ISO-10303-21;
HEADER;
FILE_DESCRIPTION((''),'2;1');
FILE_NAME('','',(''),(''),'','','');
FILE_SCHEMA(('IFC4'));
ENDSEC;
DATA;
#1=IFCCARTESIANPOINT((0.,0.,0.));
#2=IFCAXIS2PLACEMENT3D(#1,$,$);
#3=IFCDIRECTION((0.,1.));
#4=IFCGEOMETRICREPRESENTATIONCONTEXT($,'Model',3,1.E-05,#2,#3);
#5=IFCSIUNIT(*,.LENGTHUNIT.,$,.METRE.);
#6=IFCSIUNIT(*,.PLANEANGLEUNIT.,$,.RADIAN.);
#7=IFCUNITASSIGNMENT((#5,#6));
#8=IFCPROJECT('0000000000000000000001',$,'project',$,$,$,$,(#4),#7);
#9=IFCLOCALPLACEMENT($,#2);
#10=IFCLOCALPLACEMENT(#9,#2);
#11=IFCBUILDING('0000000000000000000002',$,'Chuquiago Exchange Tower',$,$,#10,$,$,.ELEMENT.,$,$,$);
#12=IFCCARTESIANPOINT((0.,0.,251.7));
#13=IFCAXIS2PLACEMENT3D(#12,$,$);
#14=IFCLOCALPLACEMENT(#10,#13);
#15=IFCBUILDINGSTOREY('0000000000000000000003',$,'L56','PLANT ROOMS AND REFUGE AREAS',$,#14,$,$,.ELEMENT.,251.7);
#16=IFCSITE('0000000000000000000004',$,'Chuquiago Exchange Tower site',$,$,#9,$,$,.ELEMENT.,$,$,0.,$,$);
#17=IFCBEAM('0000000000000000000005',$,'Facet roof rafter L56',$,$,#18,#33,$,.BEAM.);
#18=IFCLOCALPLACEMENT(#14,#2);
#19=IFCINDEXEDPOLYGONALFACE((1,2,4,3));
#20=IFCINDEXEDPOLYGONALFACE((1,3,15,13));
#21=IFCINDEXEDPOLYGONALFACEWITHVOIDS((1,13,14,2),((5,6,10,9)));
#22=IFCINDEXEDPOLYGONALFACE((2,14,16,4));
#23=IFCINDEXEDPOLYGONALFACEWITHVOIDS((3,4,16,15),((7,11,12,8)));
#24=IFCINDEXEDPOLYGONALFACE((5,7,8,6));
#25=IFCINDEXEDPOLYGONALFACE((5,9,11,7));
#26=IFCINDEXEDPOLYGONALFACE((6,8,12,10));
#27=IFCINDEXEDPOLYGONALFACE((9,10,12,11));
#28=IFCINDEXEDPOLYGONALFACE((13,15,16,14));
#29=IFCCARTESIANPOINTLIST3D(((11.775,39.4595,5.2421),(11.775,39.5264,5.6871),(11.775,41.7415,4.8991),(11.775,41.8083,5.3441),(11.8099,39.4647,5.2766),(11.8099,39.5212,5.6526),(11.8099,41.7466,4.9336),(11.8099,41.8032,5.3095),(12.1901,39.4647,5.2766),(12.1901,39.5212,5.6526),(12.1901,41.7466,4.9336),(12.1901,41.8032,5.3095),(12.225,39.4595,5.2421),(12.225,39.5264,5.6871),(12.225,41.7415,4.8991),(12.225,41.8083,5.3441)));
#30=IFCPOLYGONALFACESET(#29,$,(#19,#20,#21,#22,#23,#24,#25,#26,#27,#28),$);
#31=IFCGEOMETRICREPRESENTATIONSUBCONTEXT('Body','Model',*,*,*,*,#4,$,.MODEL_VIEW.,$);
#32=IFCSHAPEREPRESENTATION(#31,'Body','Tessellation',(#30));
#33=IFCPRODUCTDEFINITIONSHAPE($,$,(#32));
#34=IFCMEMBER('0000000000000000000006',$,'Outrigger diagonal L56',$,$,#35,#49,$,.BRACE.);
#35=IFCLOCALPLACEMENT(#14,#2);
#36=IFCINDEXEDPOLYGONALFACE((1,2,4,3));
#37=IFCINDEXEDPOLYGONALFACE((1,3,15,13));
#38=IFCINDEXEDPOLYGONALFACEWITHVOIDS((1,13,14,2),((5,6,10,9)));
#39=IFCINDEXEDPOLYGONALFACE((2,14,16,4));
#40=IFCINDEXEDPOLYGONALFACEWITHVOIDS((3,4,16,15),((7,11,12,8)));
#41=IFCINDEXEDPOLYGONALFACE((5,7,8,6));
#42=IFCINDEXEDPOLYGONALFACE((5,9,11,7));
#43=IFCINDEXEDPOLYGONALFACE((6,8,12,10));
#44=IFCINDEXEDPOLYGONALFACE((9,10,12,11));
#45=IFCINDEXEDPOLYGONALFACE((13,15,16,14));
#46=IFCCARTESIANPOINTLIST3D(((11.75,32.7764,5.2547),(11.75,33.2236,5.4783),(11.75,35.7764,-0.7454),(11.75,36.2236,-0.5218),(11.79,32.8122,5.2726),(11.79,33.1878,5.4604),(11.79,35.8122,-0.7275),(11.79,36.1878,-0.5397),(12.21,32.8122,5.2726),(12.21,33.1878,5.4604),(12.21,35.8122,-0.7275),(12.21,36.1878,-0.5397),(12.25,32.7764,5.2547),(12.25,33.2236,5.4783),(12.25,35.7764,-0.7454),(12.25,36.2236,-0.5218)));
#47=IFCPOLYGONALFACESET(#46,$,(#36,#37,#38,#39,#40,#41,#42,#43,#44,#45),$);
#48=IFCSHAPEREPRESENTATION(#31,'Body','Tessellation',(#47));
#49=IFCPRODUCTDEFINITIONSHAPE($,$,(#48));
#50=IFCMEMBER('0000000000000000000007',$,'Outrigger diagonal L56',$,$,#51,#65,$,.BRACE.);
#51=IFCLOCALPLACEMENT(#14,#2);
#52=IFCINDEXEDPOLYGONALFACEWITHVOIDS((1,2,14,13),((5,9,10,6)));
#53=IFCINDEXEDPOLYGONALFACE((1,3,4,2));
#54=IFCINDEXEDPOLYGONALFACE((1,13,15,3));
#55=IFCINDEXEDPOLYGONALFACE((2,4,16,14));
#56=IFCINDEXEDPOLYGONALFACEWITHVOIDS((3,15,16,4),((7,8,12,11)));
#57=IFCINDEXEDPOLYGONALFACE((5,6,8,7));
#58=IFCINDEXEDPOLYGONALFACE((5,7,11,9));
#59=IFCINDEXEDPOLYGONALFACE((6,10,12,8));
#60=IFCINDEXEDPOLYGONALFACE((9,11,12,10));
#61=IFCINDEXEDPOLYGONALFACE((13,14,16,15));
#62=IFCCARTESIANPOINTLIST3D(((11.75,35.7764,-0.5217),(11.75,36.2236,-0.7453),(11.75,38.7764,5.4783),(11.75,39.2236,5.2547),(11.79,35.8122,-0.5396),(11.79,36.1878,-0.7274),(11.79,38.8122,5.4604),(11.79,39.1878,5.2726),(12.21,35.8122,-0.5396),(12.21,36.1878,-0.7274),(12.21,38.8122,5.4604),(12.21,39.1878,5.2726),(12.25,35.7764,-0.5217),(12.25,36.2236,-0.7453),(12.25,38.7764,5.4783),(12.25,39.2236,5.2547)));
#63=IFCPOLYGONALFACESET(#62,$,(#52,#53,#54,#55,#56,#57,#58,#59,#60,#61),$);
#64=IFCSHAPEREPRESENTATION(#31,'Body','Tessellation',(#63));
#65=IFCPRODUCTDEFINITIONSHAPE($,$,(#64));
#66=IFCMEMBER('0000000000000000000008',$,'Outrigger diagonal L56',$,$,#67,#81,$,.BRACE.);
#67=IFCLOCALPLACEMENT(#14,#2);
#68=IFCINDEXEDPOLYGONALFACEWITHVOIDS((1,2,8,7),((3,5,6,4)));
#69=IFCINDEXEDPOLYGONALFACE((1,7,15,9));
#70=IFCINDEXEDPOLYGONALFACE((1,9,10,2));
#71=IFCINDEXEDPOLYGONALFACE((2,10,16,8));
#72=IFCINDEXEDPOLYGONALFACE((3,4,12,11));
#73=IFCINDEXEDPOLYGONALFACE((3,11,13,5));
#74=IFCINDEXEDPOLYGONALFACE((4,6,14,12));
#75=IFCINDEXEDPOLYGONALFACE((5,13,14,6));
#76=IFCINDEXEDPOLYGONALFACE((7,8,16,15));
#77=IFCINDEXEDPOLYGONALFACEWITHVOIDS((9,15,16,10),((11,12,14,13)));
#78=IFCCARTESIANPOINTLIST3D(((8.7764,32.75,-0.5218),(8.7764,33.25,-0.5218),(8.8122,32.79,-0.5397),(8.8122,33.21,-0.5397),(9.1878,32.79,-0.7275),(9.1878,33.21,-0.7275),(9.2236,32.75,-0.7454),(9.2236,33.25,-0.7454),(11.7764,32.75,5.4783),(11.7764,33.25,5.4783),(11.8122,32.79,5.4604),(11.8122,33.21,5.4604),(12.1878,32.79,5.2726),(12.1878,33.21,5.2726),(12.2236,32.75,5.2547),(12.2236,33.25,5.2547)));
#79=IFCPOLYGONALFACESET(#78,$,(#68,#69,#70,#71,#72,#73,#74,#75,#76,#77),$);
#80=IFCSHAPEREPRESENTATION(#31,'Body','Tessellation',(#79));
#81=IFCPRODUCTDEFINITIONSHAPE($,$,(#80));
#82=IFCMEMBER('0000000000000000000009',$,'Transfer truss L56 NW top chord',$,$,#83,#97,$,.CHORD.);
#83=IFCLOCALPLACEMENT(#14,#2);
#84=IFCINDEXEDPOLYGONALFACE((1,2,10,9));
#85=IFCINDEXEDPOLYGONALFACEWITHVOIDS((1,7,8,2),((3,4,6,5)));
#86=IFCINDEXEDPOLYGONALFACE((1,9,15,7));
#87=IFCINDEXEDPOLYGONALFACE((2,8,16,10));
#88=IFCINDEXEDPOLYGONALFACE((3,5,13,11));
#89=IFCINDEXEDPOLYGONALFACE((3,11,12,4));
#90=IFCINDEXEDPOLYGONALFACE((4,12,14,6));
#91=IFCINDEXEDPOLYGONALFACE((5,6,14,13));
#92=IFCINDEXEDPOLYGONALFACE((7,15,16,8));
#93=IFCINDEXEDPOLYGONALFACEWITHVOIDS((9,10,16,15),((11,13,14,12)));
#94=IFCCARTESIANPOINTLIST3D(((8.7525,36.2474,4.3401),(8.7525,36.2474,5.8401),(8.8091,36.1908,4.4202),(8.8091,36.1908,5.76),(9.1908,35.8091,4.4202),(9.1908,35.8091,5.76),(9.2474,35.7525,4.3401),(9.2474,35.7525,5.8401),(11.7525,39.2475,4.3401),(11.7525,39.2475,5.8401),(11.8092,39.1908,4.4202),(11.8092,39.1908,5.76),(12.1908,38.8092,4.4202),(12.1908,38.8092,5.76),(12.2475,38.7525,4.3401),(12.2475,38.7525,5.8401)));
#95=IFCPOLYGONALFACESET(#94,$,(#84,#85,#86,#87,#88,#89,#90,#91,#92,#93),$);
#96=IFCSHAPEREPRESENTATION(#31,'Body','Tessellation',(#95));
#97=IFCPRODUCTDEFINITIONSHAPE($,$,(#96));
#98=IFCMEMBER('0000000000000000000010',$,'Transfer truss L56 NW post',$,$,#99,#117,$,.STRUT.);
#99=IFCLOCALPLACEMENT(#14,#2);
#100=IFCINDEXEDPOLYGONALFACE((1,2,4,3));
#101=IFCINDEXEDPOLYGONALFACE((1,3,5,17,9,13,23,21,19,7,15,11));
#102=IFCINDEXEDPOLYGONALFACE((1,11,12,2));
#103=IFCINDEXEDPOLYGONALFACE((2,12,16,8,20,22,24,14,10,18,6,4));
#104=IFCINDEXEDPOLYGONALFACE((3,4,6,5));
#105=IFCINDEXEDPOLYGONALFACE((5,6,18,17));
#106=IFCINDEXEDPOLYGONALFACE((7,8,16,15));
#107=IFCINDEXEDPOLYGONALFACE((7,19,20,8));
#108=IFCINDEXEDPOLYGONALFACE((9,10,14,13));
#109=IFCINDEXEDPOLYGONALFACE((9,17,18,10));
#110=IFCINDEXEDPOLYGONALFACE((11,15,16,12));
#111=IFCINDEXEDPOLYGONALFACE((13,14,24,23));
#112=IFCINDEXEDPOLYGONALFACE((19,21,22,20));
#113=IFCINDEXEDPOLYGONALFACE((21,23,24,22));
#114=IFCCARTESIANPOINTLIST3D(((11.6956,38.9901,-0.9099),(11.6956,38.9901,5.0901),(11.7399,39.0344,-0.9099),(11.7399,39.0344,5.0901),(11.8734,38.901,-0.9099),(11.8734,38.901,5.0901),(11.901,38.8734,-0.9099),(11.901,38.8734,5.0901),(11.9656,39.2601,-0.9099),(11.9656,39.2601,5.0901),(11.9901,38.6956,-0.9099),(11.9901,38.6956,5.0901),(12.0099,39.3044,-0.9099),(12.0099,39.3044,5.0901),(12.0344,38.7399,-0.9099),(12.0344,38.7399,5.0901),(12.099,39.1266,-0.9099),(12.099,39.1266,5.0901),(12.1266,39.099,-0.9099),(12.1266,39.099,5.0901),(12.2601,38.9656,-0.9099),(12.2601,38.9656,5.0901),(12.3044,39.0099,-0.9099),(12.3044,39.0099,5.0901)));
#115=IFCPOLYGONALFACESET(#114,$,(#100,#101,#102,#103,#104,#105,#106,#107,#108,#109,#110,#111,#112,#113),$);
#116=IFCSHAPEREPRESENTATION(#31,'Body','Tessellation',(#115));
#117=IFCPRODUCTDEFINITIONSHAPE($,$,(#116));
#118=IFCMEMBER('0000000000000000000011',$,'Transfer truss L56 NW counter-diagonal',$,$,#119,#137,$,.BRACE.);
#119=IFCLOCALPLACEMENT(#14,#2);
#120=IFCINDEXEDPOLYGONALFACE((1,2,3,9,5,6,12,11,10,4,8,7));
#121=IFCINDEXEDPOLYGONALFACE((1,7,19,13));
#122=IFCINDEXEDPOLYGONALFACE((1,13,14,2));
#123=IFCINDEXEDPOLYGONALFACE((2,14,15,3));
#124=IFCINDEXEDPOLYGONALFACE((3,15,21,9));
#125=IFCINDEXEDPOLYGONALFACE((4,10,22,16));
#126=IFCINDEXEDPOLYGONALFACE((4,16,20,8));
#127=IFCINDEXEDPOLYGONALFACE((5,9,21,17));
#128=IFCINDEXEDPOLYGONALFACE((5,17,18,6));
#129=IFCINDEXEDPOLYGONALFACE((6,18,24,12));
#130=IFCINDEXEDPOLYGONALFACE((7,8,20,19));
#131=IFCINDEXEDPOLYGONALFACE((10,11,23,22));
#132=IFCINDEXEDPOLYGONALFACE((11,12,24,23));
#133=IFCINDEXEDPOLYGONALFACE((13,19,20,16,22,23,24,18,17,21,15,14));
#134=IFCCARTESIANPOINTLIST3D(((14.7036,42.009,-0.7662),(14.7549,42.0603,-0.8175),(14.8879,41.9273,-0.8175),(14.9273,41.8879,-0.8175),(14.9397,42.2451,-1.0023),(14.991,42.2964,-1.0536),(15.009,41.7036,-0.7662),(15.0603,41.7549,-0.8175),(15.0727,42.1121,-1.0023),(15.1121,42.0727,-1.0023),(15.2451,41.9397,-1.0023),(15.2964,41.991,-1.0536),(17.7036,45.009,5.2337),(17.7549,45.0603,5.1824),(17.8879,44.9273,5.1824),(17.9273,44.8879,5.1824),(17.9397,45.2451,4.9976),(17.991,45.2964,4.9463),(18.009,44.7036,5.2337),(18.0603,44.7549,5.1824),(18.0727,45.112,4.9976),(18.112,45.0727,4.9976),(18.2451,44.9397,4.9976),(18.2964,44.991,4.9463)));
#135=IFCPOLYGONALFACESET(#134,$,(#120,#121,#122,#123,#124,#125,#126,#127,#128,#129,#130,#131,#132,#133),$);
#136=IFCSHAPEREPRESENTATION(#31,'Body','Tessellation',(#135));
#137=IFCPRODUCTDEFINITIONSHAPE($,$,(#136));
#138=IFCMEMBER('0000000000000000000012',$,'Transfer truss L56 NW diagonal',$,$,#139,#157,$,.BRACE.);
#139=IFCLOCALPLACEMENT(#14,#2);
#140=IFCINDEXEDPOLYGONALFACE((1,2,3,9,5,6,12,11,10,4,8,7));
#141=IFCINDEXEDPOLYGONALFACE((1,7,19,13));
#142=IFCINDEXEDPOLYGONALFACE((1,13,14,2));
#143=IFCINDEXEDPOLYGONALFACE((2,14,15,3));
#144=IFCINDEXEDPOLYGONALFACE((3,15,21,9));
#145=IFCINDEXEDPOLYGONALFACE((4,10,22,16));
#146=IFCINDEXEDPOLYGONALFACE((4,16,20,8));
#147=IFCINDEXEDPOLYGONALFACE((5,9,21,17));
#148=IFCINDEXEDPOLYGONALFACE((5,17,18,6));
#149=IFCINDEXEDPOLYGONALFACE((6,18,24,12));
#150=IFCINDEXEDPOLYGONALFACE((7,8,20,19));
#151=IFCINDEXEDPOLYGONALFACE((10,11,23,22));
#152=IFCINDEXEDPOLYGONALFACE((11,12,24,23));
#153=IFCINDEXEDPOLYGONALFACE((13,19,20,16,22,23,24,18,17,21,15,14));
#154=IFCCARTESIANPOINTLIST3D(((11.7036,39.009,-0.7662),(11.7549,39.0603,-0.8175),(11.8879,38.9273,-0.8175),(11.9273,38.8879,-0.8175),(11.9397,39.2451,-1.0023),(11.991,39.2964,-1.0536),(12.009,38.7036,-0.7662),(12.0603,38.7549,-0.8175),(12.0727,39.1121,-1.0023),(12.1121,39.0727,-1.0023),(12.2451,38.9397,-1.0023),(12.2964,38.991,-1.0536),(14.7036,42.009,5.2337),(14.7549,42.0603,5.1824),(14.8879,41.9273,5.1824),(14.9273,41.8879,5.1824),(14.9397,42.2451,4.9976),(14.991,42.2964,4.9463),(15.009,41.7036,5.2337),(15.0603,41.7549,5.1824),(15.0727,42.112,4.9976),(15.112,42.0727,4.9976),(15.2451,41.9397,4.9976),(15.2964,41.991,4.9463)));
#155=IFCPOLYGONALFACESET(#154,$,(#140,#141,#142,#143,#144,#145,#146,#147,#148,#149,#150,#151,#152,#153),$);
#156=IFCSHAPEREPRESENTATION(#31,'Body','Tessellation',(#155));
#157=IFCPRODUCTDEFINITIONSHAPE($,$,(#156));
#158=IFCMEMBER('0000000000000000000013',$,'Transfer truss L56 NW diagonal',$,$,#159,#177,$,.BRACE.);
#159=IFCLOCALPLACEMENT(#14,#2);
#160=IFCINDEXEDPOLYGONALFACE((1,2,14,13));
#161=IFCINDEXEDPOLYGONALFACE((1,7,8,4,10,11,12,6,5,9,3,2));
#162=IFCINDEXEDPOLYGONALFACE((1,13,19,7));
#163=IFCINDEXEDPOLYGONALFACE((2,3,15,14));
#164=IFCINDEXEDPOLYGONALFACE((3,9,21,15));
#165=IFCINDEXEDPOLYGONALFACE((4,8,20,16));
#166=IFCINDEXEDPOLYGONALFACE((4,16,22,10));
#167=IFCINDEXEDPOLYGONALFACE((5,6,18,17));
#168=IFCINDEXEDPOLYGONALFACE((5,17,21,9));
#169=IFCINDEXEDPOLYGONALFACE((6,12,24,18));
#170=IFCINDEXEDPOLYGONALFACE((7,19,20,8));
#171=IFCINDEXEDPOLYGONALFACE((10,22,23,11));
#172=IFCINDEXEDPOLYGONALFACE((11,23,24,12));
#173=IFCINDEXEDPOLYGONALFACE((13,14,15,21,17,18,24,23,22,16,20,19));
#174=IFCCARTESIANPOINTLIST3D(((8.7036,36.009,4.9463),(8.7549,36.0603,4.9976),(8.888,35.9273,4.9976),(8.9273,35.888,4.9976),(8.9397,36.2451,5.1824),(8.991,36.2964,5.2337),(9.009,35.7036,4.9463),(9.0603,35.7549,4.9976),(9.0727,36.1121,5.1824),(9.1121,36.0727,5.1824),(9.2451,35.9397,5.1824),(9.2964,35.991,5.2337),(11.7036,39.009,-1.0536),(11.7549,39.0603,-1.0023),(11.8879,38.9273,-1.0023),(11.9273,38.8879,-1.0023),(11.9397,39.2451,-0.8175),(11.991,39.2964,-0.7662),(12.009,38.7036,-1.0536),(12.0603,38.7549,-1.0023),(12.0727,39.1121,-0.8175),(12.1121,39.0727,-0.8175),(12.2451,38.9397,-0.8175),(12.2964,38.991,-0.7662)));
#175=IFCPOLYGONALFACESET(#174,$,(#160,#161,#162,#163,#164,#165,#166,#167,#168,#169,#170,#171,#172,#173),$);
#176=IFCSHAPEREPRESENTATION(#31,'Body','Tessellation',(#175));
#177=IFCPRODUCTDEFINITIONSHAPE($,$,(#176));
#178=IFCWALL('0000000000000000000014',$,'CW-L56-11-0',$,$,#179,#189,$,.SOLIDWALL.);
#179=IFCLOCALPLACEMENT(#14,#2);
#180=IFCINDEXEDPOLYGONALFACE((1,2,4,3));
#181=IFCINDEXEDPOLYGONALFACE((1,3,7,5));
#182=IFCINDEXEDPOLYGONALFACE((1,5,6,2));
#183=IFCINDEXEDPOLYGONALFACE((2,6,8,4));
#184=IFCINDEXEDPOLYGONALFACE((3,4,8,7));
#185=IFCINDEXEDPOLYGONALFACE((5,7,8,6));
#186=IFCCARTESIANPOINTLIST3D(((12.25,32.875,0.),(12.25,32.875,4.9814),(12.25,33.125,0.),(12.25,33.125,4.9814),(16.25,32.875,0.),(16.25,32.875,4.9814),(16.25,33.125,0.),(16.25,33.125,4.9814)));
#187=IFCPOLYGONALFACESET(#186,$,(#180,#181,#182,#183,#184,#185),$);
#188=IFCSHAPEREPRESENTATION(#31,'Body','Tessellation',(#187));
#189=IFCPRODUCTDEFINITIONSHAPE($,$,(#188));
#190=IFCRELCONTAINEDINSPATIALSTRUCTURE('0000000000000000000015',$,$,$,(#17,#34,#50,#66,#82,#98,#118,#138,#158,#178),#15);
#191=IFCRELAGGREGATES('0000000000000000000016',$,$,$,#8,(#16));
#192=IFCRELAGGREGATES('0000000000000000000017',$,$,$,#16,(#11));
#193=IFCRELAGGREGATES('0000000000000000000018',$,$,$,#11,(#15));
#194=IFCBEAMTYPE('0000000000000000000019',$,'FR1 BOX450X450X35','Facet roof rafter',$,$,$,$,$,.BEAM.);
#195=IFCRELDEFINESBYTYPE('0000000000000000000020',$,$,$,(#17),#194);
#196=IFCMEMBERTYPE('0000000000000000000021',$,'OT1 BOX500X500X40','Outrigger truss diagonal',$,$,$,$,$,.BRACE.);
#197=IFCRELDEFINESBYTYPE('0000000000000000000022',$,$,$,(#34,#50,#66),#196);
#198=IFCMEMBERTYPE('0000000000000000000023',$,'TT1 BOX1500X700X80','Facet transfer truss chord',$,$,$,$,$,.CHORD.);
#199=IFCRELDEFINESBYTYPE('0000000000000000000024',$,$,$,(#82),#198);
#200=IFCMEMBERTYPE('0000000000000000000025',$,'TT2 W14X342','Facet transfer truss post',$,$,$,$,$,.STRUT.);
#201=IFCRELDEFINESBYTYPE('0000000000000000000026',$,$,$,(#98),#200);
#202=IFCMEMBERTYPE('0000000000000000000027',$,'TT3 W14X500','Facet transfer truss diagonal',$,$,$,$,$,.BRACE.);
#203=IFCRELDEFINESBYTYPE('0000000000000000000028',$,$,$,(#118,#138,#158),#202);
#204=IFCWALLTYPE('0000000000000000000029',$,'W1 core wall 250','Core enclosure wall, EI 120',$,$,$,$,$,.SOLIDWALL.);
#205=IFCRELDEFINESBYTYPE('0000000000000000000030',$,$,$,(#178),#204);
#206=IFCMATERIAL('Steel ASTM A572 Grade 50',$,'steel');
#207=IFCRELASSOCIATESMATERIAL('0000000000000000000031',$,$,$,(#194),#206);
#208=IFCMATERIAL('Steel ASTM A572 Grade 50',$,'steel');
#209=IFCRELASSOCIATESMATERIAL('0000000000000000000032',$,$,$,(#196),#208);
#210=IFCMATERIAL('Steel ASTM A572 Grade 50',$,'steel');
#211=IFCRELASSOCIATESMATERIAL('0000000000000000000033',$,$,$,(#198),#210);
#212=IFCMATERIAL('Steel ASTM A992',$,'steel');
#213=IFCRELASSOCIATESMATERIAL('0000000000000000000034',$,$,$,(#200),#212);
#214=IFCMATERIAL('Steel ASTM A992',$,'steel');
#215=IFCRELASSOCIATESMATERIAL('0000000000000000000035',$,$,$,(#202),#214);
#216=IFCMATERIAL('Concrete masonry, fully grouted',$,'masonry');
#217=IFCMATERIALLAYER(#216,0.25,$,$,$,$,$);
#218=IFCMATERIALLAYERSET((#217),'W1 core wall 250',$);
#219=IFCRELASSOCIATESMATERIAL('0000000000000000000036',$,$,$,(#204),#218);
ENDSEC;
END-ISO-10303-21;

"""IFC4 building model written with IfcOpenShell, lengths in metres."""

from ifc_helpers import new_model, si_unit, direction, frame, frame_2d, origin, origin_2d, place, context, subcontext, project, spatial, rectangle, hollow_rectangle, i_section, extrude, material, layer, layer_set, material_profile, profile_set, type_object, element, save


model = new_model("IFC4")

# Units and contexts
model_context = context("Model", 3, precision=1e-05, world=origin(), true_north=direction((0.0, 1.0)))
body_context = subcontext(model_context, "Body", "Model", "MODEL_VIEW")
ifc_project = project(units=[si_unit("LENGTHUNIT", "METRE"), si_unit("PLANEANGLEUNIT", "RADIAN")], contexts=[model_context])

# Site, building, storey
site_placement = place(None, origin())
site = spatial("IfcSite", under=ifc_project, at=site_placement, Name="Chuquiago Exchange Tower site", CompositionType="ELEMENT", RefElevation=0.0)
building_placement = place(site_placement, origin())
building = spatial("IfcBuilding", under=site, at=building_placement, Name="Chuquiago Exchange Tower", CompositionType="ELEMENT")
storey_placement = place(building_placement, frame((0.0, 0.0, 251.7)))
storey = spatial("IfcBuildingStorey", under=building, at=storey_placement, Name="L56", Description="PLANT ROOMS AND REFUGE AREAS", CompositionType="ELEMENT", Elevation=251.7)

# Beam
ifc_material_1 = material(Name="Steel ASTM A572 Grade 50", Category="steel")
ifc_material_profile_1 = material_profile(ifc_material_1, hollow_rectangle(XDim=0.45, YDim=0.45, WallThickness=0.0349, at=origin_2d()), Name="BOX450X450X35")
ifc_profile_set_1 = profile_set([ifc_material_profile_1], Name="Steel ASTM A572 Grade 50")
beam_type_1 = type_object("IfcBeamType", Name="FR1 BOX450X450X35", Description="Facet roof rafter", PredefinedType="BEAM", material=ifc_profile_set_1)
beam_1_placement = place(storey_placement, frame((12.0, 39.4929, 5.4646), z_axis=(0.0, 0.988891, -0.148646), x_axis=(-1.0, 0.0, 0.0)))
element("IfcBeam", 1, at=beam_1_placement, inside=storey, type_object=beam_type_1, Name="Facet roof rafter L56", PredefinedType="BEAM", context=body_context, shape_type="SweptSolid", body=[
    extrude(hollow_rectangle(XDim=0.45, YDim=0.45, WallThickness=0.0349, at=origin_2d()), origin(), (0.0, 0.0, 1.0), 2.3076),
])

# Members
ifc_material_2 = material(Name="Steel ASTM A572 Grade 50", Category="steel")
ifc_material_profile_2 = material_profile(ifc_material_2, hollow_rectangle(XDim=0.5, YDim=0.5, WallThickness=0.04, at=origin_2d()), Name="BOX500X500X40")
ifc_profile_set_2 = profile_set([ifc_material_profile_2], Name="Steel ASTM A572 Grade 50")
member_type_1 = type_object("IfcMemberType", Name="OT1 BOX500X500X40", Description="Outrigger truss diagonal", PredefinedType="BRACE", material=ifc_profile_set_2)
for number, where, z_axis, x_axis, name in (
    (2, (12.0, 33.0, 5.3665), (0.0, 0.447214, -0.894427), (-1.0, 0.0, 0.0), "Outrigger diagonal L56"),
    (3, (12.0, 36.0, -0.6335), (0.0, 0.447214, 0.894427), (-1.0, 0.0, 0.0), "Outrigger diagonal L56"),
    (4, (12.0, 33.0, 5.3665), (-0.447214, 0.0, -0.894427), (0.0, -1.0, 0.0), "Outrigger diagonal L56"),
):
    element("IfcMember", number, at=place(storey_placement, frame(where, z_axis=z_axis, x_axis=x_axis)), inside=storey, type_object=member_type_1, Name=name, PredefinedType="BRACE", context=body_context, shape_type="SweptSolid", body=[
        extrude(hollow_rectangle(XDim=0.5, YDim=0.5, WallThickness=0.04, at=origin_2d()), origin(), (0.0, 0.0, 1.0), 6.7083),
    ])
ifc_material_3 = material(Name="Steel ASTM A572 Grade 50", Category="steel")
ifc_material_profile_3 = material_profile(ifc_material_3, hollow_rectangle(XDim=0.7, YDim=1.5, WallThickness=0.0801, at=origin_2d()), Name="BOX1500X700X80")
ifc_profile_set_3 = profile_set([ifc_material_profile_3], Name="Steel ASTM A572 Grade 50")
member_type_2 = type_object("IfcMemberType", Name="TT1 BOX1500X700X80", Description="Facet transfer truss chord", PredefinedType="CHORD", material=ifc_profile_set_3)
member_1_placement = place(storey_placement, frame((12.0, 39.0, 5.0901), z_axis=(-0.707107, -0.707107, 0.0), x_axis=(0.707107, -0.707107, 0.0)))
element("IfcMember", 5, at=member_1_placement, inside=storey, type_object=member_type_2, Name="Transfer truss L56 NW top chord", PredefinedType="CHORD", context=body_context, shape_type="SweptSolid", body=[
    extrude(hollow_rectangle(XDim=0.7, YDim=1.5, WallThickness=0.0801, at=origin_2d()), origin(), (0.0, 0.0, 1.0), 4.2427),
])
ifc_material_4 = material(Name="Steel ASTM A992", Category="steel")
ifc_material_profile_4 = material_profile(ifc_material_4, i_section(OverallWidth=0.4165, OverallDepth=0.4446, WebThickness=0.0391, FlangeThickness=0.0627, at=origin_2d()), Name="W14X342")
ifc_profile_set_4 = profile_set([ifc_material_profile_4], Name="Steel ASTM A992")
member_type_3 = type_object("IfcMemberType", Name="TT2 W14X342", Description="Facet transfer truss post", PredefinedType="STRUT", material=ifc_profile_set_4)
member_2_placement = place(storey_placement, frame((12.0, 39.0, -0.9099), z_axis=(0.0, 0.0, 1.0), x_axis=(-0.707107, 0.707107, 0.0)))
element("IfcMember", 6, at=member_2_placement, inside=storey, type_object=member_type_3, Name="Transfer truss L56 NW post", PredefinedType="STRUT", context=body_context, shape_type="SweptSolid", body=[
    extrude(i_section(OverallWidth=0.4165, OverallDepth=0.4446, WebThickness=0.0391, FlangeThickness=0.0627, at=origin_2d()), origin(), (0.0, 0.0, 1.0), 6.0),
])
ifc_material_5 = material(Name="Steel ASTM A992", Category="steel")
ifc_material_profile_5 = material_profile(ifc_material_5, i_section(OverallWidth=0.4319, OverallDepth=0.4978, WebThickness=0.0557, FlangeThickness=0.0889, at=origin_2d()), Name="W14X500")
ifc_profile_set_5 = profile_set([ifc_material_profile_5], Name="Steel ASTM A992")
member_type_4 = type_object("IfcMemberType", Name="TT3 W14X500", Description="Facet transfer truss diagonal", PredefinedType="BRACE", material=ifc_profile_set_5)
for number, where, z_axis, x_axis, name in (
    (7, (15.0, 42.0, -0.9099), (0.408248, 0.408248, 0.816497), (-0.707107, 0.707107, 0.0), "Transfer truss L56 NW counter-diagonal"),
    (8, (12.0, 39.0, -0.9099), (0.408248, 0.408248, 0.816497), (-0.707107, 0.707107, 0.0), "Transfer truss L56 NW diagonal"),
    (9, (12.0, 39.0, -0.9099), (-0.408248, -0.408248, 0.816497), (0.707107, -0.707107, 0.0), "Transfer truss L56 NW diagonal"),
):
    element("IfcMember", number, at=place(storey_placement, frame(where, z_axis=z_axis, x_axis=x_axis)), inside=storey, type_object=member_type_4, Name=name, PredefinedType="BRACE", context=body_context, shape_type="SweptSolid", body=[
        extrude(i_section(OverallWidth=0.4319, OverallDepth=0.4978, WebThickness=0.0557, FlangeThickness=0.0889, at=origin_2d()), origin(), (0.0, 0.0, 1.0), 7.3484),
    ])

# Wall
ifc_material_6 = material(Name="Concrete masonry, fully grouted", Category="masonry")
ifc_layer = layer(ifc_material_6, 0.25)
ifc_layer_set = layer_set([ifc_layer], Name="W1 core wall 250")
wall_type = type_object("IfcWallType", Name="W1 core wall 250", Description="Core enclosure wall, EI 120", PredefinedType="SOLIDWALL", material=ifc_layer_set)
wall_1_placement = place(storey_placement, frame((12.25, 33.0, 0.0), z_axis=(0.0, 0.0, 1.0), x_axis=(1.0, 0.0, 0.0)))
element("IfcWall", 10, at=wall_1_placement, inside=storey, type_object=wall_type, Name="CW-L56-11-0", PredefinedType="SOLIDWALL", context=body_context, shape_type="SweptSolid", body=[
    extrude(rectangle(XDim=4.0, YDim=0.25, at=frame_2d((2.0, 0.0))), origin(), (0.0, 0.0, 1.0), 4.9814),
])

save(model, "model.ifc")
